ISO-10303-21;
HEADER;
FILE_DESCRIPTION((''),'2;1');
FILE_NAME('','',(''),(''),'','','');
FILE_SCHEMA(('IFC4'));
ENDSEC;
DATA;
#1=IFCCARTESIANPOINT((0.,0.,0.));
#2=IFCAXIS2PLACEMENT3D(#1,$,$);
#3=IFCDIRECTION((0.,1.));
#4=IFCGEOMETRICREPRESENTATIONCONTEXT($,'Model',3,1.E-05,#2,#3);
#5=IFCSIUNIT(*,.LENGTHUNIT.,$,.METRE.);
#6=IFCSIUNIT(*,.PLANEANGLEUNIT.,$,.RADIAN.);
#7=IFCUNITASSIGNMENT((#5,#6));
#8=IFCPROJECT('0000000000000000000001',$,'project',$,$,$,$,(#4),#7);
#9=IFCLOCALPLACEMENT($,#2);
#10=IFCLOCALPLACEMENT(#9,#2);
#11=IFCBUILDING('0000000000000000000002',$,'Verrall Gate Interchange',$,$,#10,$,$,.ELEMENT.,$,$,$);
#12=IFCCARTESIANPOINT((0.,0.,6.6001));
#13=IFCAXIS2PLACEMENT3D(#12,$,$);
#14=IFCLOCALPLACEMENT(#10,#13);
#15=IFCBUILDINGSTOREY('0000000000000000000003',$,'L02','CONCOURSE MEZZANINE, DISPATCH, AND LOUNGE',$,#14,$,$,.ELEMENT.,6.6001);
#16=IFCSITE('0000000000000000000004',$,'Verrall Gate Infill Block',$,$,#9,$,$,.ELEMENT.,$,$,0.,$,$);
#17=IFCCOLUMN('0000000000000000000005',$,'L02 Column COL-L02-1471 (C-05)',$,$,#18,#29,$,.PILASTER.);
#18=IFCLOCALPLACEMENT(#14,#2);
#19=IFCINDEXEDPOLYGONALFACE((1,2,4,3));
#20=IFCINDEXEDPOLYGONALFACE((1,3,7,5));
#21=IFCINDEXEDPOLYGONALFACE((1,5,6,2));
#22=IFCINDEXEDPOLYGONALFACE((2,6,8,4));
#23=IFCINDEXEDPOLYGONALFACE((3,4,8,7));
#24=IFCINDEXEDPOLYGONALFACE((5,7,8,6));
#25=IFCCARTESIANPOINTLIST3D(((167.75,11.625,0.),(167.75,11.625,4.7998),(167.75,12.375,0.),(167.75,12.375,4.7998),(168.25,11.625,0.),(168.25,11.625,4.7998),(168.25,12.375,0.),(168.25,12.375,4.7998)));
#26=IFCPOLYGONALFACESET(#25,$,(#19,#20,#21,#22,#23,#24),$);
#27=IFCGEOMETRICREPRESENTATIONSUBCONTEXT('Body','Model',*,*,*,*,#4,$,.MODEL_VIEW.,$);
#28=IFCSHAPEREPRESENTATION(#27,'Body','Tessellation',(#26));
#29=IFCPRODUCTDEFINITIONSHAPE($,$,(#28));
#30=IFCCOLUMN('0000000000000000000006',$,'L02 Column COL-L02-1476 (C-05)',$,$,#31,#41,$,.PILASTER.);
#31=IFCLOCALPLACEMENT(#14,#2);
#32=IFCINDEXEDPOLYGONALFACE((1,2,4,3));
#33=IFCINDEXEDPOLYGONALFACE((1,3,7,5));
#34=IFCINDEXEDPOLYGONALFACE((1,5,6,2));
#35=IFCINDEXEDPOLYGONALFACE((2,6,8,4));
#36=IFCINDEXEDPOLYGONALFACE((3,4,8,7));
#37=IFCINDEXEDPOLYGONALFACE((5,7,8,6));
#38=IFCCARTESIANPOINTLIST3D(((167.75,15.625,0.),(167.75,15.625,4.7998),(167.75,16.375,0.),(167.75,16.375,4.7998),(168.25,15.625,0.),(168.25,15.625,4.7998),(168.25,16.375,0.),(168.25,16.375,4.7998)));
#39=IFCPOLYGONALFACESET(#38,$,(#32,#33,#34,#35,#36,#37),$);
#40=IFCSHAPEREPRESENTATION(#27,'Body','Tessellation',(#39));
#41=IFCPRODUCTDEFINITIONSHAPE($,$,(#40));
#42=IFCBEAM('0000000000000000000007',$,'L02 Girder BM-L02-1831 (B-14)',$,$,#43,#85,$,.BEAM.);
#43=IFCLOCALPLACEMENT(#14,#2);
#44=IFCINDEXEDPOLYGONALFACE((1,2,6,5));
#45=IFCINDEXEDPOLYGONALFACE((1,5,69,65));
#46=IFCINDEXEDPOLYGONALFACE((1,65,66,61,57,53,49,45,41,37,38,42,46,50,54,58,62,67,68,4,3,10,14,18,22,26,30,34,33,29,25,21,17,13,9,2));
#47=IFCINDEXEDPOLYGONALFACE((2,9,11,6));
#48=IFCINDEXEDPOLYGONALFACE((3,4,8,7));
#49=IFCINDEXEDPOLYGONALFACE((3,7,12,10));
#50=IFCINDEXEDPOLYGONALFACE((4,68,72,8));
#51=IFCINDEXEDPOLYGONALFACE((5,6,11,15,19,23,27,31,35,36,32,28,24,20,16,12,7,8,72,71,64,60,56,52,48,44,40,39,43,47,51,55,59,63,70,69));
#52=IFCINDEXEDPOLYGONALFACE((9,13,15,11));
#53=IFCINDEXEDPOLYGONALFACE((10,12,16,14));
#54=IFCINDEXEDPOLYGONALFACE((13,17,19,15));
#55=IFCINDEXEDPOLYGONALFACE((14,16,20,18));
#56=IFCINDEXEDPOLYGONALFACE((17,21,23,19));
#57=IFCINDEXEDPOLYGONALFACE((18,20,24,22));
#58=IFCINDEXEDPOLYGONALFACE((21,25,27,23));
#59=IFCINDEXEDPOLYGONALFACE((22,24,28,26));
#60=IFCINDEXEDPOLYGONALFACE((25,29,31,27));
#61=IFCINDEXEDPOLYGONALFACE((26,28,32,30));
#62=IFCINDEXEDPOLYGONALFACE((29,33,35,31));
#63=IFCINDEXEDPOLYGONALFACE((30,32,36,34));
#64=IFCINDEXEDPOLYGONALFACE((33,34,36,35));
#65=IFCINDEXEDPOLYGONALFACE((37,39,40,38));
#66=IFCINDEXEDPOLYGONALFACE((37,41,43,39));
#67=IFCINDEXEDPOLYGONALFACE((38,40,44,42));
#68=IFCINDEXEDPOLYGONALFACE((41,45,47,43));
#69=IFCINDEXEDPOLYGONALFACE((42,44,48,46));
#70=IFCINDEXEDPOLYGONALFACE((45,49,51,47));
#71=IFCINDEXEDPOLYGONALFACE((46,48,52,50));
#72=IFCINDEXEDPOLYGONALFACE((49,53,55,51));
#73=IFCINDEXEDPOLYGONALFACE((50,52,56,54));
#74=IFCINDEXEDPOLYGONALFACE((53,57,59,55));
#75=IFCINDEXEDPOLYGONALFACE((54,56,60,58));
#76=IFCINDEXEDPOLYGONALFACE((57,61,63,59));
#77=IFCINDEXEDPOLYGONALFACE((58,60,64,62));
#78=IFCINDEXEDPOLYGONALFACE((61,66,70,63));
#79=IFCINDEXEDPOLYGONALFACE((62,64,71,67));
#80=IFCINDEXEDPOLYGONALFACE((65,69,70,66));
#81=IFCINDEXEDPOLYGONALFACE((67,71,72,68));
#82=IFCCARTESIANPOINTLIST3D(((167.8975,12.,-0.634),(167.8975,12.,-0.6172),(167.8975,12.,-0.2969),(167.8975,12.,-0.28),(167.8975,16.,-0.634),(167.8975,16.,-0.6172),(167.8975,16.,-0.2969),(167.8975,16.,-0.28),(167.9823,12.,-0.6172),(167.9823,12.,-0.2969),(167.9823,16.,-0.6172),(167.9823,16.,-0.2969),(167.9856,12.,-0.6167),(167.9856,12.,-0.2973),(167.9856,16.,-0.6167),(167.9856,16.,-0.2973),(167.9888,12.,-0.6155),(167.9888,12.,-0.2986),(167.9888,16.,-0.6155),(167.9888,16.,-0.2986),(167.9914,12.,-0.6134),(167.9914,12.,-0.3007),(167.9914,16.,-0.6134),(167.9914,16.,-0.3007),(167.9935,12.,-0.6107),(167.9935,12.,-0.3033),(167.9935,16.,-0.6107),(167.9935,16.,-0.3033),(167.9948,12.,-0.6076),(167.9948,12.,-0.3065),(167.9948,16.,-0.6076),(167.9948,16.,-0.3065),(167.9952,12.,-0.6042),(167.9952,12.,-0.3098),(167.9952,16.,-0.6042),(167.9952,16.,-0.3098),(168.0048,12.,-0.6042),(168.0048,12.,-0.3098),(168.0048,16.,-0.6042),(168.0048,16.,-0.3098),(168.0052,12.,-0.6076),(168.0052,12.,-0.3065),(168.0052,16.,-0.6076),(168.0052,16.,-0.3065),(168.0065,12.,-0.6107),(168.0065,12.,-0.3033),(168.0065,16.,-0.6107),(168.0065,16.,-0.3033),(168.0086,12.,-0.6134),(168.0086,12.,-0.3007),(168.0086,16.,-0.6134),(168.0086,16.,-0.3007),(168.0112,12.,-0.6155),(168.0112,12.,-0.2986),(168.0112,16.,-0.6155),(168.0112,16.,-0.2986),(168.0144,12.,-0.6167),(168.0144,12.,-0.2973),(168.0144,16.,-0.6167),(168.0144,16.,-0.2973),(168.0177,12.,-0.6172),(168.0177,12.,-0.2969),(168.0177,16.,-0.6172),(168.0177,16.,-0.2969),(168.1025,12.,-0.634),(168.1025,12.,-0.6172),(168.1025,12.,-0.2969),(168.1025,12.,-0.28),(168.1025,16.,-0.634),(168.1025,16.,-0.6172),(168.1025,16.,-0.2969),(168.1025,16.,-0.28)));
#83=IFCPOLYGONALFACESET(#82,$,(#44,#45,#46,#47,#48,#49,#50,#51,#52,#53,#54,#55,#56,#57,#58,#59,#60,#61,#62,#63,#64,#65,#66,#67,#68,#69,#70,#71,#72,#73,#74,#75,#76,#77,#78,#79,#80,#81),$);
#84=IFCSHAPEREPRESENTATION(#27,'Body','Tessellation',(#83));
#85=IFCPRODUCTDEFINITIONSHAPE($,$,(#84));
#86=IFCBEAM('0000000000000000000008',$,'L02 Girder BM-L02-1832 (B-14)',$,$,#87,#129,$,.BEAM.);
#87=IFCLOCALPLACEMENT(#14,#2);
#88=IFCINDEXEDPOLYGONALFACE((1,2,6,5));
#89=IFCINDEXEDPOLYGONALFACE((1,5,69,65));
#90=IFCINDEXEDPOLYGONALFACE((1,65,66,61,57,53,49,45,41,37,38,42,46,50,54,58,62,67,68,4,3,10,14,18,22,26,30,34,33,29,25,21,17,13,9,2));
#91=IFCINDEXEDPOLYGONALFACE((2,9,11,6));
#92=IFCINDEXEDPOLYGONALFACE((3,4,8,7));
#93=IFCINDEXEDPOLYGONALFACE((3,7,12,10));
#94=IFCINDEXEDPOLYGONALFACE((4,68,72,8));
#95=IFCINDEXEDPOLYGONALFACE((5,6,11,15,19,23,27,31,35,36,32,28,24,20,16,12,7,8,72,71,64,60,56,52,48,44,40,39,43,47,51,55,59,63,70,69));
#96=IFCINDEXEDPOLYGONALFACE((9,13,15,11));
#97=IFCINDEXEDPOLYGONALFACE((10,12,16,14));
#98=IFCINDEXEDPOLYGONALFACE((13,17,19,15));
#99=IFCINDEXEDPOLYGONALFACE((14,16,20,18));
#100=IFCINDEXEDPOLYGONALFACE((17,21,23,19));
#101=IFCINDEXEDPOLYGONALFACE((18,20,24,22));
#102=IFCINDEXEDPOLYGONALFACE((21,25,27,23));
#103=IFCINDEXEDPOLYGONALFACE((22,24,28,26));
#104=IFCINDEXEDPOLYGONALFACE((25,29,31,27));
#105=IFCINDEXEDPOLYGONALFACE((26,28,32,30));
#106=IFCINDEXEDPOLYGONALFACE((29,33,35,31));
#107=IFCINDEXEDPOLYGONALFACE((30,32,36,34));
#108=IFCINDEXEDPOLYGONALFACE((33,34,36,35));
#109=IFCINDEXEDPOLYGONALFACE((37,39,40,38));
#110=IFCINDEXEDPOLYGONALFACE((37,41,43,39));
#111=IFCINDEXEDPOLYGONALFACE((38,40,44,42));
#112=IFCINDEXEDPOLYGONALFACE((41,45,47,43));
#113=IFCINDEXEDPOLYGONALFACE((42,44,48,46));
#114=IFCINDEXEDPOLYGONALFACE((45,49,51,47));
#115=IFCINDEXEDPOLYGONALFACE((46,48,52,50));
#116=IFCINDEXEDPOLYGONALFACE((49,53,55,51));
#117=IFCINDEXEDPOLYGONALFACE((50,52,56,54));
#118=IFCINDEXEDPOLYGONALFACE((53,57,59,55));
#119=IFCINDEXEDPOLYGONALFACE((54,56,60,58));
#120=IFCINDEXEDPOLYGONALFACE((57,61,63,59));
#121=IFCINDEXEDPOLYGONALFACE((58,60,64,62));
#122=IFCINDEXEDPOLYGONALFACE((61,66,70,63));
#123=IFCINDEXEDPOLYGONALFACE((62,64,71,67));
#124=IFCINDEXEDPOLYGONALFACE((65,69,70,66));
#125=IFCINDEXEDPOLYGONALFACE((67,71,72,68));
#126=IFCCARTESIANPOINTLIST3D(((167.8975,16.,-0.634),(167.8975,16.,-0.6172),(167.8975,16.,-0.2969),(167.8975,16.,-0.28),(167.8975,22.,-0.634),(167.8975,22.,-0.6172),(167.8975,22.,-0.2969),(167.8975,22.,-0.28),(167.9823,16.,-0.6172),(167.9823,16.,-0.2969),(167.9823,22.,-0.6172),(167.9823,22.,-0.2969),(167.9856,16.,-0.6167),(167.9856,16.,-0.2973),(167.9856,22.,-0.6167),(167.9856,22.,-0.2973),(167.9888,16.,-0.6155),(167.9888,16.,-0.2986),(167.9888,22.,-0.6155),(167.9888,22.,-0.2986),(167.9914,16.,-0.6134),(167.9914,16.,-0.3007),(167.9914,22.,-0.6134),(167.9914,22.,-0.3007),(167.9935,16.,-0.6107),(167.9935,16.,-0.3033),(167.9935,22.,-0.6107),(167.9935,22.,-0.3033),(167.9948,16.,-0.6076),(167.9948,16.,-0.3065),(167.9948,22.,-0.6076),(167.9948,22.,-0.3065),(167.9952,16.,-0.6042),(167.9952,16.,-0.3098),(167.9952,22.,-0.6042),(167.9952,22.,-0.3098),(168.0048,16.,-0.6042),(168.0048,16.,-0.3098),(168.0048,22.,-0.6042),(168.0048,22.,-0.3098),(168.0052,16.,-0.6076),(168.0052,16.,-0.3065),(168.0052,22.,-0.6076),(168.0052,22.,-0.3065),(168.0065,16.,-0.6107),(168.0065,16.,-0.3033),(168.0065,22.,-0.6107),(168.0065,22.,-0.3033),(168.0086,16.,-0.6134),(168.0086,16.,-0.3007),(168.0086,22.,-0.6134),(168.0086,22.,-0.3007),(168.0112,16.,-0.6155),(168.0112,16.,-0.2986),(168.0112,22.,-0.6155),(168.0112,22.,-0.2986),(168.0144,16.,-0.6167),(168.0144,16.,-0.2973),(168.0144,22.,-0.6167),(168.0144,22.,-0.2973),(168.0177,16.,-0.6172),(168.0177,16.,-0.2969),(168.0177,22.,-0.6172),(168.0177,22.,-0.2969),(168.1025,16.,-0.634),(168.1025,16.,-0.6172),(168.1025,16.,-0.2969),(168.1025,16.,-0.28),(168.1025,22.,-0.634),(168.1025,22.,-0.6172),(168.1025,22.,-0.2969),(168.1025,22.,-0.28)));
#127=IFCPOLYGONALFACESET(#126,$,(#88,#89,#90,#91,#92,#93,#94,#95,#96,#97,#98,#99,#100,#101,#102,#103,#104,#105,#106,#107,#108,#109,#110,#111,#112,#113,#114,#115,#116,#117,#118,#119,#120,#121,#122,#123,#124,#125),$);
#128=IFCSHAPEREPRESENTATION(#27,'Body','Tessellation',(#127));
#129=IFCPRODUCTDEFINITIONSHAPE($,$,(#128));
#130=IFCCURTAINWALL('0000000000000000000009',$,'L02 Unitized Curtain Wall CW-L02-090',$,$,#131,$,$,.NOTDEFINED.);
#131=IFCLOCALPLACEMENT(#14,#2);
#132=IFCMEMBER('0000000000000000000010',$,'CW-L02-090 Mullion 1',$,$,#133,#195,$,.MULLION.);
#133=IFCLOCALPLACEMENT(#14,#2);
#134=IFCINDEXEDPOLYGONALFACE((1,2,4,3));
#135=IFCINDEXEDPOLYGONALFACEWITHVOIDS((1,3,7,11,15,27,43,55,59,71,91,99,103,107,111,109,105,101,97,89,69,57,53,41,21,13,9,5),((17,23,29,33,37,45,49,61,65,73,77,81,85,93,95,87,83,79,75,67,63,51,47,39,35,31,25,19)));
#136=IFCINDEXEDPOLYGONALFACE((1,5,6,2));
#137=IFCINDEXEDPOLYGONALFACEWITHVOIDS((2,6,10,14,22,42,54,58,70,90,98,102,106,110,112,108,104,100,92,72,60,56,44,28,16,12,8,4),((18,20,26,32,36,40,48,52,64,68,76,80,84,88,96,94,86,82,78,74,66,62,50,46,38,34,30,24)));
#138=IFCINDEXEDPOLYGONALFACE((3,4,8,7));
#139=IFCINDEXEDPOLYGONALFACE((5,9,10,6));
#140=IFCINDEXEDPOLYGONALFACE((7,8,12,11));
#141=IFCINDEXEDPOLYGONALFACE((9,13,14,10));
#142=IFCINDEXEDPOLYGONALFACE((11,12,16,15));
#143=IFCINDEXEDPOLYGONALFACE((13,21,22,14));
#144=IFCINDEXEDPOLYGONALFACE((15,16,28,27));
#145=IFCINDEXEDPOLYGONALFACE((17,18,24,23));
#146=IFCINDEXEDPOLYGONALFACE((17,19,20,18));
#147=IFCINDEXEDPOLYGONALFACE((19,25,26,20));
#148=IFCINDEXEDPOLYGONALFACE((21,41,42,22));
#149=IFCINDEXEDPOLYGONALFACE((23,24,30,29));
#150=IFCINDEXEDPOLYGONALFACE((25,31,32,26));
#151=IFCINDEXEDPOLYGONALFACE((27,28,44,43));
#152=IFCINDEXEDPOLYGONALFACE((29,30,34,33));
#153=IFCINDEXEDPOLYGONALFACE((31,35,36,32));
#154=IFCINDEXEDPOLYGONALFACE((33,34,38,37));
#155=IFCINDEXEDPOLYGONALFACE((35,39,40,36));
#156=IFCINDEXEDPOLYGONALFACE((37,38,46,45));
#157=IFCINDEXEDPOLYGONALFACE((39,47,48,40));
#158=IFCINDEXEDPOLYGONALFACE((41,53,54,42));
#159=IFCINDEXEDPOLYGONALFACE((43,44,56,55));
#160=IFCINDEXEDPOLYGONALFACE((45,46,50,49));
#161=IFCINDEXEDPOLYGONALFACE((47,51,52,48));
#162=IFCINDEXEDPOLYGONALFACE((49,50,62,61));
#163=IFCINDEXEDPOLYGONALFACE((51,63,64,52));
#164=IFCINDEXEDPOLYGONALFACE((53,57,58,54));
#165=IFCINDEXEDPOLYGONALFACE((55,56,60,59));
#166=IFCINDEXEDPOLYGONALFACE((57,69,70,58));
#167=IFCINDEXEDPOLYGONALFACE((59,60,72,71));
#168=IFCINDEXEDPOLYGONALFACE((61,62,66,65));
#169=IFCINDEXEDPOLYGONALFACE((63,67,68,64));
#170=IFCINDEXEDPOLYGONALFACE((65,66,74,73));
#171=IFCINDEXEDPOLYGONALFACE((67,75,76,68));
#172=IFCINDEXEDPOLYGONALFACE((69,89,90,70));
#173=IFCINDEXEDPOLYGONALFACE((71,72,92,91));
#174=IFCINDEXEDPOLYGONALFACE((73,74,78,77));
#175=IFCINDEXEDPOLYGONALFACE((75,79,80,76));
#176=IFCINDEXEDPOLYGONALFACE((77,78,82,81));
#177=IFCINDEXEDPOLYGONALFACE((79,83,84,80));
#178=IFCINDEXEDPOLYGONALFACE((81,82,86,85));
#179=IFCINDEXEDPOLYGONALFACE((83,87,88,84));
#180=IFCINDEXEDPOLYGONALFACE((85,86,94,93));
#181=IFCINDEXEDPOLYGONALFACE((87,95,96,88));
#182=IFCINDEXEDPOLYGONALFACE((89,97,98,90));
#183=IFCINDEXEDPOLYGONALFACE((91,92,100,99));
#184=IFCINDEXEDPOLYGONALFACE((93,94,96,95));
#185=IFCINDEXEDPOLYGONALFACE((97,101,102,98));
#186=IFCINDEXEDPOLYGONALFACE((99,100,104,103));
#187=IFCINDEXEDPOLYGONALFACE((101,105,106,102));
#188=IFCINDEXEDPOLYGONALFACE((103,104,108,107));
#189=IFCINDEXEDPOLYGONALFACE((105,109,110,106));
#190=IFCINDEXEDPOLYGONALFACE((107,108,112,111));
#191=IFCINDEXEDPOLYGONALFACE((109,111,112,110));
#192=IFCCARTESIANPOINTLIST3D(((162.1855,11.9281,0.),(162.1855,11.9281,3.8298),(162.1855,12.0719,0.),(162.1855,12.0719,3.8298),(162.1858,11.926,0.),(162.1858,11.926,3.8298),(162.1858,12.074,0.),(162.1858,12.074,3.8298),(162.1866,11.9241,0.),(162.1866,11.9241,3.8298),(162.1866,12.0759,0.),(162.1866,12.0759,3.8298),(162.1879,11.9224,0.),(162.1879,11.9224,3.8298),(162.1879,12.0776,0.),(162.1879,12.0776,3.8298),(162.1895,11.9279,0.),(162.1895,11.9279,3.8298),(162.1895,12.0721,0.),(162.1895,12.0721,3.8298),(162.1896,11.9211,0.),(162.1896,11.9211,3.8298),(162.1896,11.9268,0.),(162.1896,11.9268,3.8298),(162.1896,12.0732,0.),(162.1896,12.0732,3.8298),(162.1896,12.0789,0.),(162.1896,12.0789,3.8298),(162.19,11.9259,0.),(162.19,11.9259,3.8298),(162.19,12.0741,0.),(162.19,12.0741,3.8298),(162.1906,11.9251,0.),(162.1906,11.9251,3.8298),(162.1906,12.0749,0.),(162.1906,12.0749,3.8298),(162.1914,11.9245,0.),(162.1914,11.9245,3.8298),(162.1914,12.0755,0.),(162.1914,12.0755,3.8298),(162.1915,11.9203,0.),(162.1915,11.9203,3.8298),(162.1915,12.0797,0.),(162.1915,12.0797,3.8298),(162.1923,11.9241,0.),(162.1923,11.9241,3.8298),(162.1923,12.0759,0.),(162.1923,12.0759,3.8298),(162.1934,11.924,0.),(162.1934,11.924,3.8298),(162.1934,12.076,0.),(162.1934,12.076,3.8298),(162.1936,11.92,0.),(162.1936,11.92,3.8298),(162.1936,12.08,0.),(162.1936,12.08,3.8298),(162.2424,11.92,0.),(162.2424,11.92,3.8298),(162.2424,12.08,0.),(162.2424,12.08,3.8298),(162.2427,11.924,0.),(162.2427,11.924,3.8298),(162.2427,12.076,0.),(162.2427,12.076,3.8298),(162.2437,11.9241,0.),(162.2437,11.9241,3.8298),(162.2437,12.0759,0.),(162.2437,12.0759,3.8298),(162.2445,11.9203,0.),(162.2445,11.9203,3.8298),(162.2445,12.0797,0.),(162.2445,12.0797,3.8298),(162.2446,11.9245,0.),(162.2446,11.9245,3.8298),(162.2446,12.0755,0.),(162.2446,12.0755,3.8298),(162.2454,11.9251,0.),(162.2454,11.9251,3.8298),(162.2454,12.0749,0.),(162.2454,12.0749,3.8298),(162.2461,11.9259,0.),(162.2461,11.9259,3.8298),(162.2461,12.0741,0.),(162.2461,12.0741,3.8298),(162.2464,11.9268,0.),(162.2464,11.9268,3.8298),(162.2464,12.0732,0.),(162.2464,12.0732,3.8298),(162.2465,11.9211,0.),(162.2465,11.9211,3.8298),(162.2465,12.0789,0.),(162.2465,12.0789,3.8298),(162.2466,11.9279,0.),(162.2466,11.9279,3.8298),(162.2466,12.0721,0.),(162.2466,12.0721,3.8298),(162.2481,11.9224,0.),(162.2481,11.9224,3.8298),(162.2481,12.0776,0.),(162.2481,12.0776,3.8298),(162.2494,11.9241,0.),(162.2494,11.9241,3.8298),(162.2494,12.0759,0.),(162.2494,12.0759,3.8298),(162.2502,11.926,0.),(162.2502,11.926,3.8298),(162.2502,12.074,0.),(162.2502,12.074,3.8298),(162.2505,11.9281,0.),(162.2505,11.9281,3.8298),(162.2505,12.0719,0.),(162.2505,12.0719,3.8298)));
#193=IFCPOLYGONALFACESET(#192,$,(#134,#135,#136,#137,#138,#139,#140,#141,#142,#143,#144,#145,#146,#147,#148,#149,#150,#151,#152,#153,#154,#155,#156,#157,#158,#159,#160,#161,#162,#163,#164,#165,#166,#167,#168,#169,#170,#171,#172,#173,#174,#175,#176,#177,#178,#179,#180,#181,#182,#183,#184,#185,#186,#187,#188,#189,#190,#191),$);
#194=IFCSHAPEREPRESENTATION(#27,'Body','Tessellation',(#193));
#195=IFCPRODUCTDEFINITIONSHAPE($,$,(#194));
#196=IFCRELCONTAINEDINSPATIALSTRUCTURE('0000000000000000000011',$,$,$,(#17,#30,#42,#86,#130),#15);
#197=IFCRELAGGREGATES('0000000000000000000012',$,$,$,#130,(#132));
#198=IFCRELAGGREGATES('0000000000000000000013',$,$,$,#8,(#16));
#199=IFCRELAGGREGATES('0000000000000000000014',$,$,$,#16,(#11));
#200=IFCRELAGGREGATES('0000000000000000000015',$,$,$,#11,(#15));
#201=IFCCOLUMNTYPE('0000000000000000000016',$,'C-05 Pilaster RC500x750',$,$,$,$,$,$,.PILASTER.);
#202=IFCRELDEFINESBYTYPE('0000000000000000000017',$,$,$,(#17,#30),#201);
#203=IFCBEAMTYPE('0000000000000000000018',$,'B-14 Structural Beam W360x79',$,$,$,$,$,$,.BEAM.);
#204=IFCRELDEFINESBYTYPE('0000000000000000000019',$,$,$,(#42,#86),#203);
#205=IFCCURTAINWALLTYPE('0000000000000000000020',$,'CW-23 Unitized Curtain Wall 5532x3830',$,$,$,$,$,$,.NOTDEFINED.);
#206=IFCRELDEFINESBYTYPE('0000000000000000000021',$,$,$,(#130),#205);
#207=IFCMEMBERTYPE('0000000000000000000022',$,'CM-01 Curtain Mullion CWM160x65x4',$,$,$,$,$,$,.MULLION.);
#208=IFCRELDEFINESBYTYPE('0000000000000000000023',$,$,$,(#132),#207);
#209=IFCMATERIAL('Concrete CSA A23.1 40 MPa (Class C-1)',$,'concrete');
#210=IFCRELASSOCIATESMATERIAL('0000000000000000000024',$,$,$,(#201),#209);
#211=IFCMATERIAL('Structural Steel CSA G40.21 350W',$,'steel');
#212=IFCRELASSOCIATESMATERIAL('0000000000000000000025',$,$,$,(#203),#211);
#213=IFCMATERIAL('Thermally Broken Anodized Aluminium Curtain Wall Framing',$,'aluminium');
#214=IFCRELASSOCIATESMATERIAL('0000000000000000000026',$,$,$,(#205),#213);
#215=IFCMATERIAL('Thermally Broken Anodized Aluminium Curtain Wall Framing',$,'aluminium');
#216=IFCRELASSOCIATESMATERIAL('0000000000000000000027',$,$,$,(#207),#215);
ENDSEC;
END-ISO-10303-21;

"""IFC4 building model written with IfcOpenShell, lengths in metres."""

from ifc_helpers import new_model, si_unit, direction, frame, origin, origin_2d, place, context, subcontext, project, spatial, rectangle, hollow_rectangle, i_section, extrude, material, material_profile, profile_set, type_object, element, aggregate, save


model = new_model("IFC4")

# Units and contexts
model_context = context("Model", 3, precision=1e-05, world=origin(), true_north=direction((0.0, 1.0)))
body_context = subcontext(model_context, "Body", "Model", "MODEL_VIEW")
ifc_project = project(units=[si_unit("LENGTHUNIT", "METRE"), si_unit("PLANEANGLEUNIT", "RADIAN")], contexts=[model_context])

# Site, building, storey
site_placement = place(None, origin())
site = spatial("IfcSite", under=ifc_project, at=site_placement, Name="Verrall Gate Infill Block", CompositionType="ELEMENT", RefElevation=0.0)
building_placement = place(site_placement, origin())
building = spatial("IfcBuilding", under=site, at=building_placement, Name="Verrall Gate Interchange", CompositionType="ELEMENT")
storey_placement = place(building_placement, frame((0.0, 0.0, 6.6001)))
storey = spatial("IfcBuildingStorey", under=building, at=storey_placement, Name="L02", Description="CONCOURSE MEZZANINE, DISPATCH, AND LOUNGE", CompositionType="ELEMENT", Elevation=6.6001)

# Columns
ifc_material_1 = material(Name="Concrete CSA A23.1 40 MPa (Class C-1)", Category="concrete")
ifc_material_profile_1 = material_profile(ifc_material_1, rectangle(XDim=0.5, YDim=0.75, at=origin_2d()), Name="RC500x750")
ifc_profile_set_1 = profile_set([ifc_material_profile_1], Name="Concrete CSA A23.1 40 MPa (Class C-1)")
column_type = type_object("IfcColumnType", Name="C-05 Pilaster RC500x750", PredefinedType="PILASTER", material=ifc_profile_set_1)
for number, where, z_axis, x_axis, name in (
    (1, (168.0, 12.0, 0.0), (0.0, 0.0, 1.0), (1.0, 0.0, 0.0), "L02 Column COL-L02-1471 (C-05)"),
    (2, (168.0, 16.0, 0.0), (0.0, 0.0, 1.0), (1.0, 0.0, 0.0), "L02 Column COL-L02-1476 (C-05)"),
):
    element("IfcColumn", number, at=place(storey_placement, frame(where, z_axis=z_axis, x_axis=x_axis)), inside=storey, type_object=column_type, Name=name, PredefinedType="PILASTER", context=body_context, shape_type="SweptSolid", body=[
        extrude(rectangle(XDim=0.5, YDim=0.75, at=origin_2d()), origin(), (0.0, 0.0, 1.0), 4.7998),
    ])

# Beams
ifc_material_2 = material(Name="Structural Steel CSA G40.21 350W", Category="steel")
ifc_material_profile_2 = material_profile(ifc_material_2, i_section(OverallWidth=0.2051, OverallDepth=0.354, WebThickness=0.0095, FlangeThickness=0.0168, FilletRadius=0.0129, at=origin_2d()), Name="W360x79")
ifc_profile_set_2 = profile_set([ifc_material_profile_2], Name="Structural Steel CSA G40.21 350W")
beam_type_1 = type_object("IfcBeamType", Name="B-14 Structural Beam W360x79", PredefinedType="BEAM", material=ifc_profile_set_2)
beam_1_placement = place(storey_placement, frame((168.0, 12.0, -0.457), z_axis=(0.0, 1.0, 0.0), x_axis=(-1.0, 0.0, 0.0)))
element("IfcBeam", 3, at=beam_1_placement, inside=storey, type_object=beam_type_1, Name="L02 Girder BM-L02-1831 (B-14)", PredefinedType="BEAM", context=body_context, shape_type="SweptSolid", body=[
    extrude(i_section(OverallWidth=0.2051, OverallDepth=0.354, WebThickness=0.0095, FlangeThickness=0.0168, FilletRadius=0.0129, at=origin_2d()), origin(), (0.0, 0.0, 1.0), 4.0),
])
beam_2_placement = place(storey_placement, frame((168.0, 16.0, -0.457), z_axis=(0.0, 1.0, 0.0), x_axis=(-1.0, 0.0, 0.0)))
element("IfcBeam", 4, at=beam_2_placement, inside=storey, type_object=beam_type_1, Name="L02 Girder BM-L02-1832 (B-14)", PredefinedType="BEAM", context=body_context, shape_type="SweptSolid", body=[
    extrude(i_section(OverallWidth=0.2051, OverallDepth=0.354, WebThickness=0.0095, FlangeThickness=0.0168, FilletRadius=0.0129, at=origin_2d()), origin(), (0.0, 0.0, 1.0), 6.0),
])

# Curtain wall, member
ifc_material_3 = material(Name="Thermally Broken Anodized Aluminium Curtain Wall Framing", Category="aluminium")
curtain_wall_type_1 = type_object("IfcCurtainWallType", Name="CW-23 Unitized Curtain Wall 5532x3830", PredefinedType="NOTDEFINED", material=ifc_material_3)
curtain_wall_1_placement = place(storey_placement, origin())
curtain_wall_1 = element("IfcCurtainWall", 5, at=curtain_wall_1_placement, inside=storey, type_object=curtain_wall_type_1, Name="L02 Unitized Curtain Wall CW-L02-090", PredefinedType="NOTDEFINED")
ifc_material_4 = material(Name="Thermally Broken Anodized Aluminium Curtain Wall Framing", Category="aluminium")
ifc_material_profile_3 = material_profile(ifc_material_4, hollow_rectangle(XDim=0.0649, YDim=0.1599, WallThickness=0.0039, InnerFilletRadius=0.0039, OuterFilletRadius=0.0081, at=origin_2d()), Name="CWM160x65x4")
ifc_profile_set_3 = profile_set([ifc_material_profile_3], Name="Thermally Broken Anodized Aluminium Curtain Wall Framing")
member_type_1 = type_object("IfcMemberType", Name="CM-01 Curtain Mullion CWM160x65x4", PredefinedType="MULLION", material=ifc_profile_set_3)
member_1_placement = place(storey_placement, frame((162.218, 12.0, 0.0), z_axis=(0.0, 0.0, 1.0), x_axis=(1.0, 0.0, 0.0)))
member_1 = element("IfcMember", 6, at=member_1_placement, type_object=member_type_1, Name="CW-L02-090 Mullion 1", PredefinedType="MULLION", context=body_context, shape_type="SweptSolid", body=[
    extrude(hollow_rectangle(XDim=0.0649, YDim=0.1599, WallThickness=0.0039, InnerFilletRadius=0.0039, OuterFilletRadius=0.0081, at=origin_2d()), origin(), (0.0, 0.0, 1.0), 3.8298),
])

aggregate(curtain_wall_1, [member_1])

save(model, "model.ifc")
